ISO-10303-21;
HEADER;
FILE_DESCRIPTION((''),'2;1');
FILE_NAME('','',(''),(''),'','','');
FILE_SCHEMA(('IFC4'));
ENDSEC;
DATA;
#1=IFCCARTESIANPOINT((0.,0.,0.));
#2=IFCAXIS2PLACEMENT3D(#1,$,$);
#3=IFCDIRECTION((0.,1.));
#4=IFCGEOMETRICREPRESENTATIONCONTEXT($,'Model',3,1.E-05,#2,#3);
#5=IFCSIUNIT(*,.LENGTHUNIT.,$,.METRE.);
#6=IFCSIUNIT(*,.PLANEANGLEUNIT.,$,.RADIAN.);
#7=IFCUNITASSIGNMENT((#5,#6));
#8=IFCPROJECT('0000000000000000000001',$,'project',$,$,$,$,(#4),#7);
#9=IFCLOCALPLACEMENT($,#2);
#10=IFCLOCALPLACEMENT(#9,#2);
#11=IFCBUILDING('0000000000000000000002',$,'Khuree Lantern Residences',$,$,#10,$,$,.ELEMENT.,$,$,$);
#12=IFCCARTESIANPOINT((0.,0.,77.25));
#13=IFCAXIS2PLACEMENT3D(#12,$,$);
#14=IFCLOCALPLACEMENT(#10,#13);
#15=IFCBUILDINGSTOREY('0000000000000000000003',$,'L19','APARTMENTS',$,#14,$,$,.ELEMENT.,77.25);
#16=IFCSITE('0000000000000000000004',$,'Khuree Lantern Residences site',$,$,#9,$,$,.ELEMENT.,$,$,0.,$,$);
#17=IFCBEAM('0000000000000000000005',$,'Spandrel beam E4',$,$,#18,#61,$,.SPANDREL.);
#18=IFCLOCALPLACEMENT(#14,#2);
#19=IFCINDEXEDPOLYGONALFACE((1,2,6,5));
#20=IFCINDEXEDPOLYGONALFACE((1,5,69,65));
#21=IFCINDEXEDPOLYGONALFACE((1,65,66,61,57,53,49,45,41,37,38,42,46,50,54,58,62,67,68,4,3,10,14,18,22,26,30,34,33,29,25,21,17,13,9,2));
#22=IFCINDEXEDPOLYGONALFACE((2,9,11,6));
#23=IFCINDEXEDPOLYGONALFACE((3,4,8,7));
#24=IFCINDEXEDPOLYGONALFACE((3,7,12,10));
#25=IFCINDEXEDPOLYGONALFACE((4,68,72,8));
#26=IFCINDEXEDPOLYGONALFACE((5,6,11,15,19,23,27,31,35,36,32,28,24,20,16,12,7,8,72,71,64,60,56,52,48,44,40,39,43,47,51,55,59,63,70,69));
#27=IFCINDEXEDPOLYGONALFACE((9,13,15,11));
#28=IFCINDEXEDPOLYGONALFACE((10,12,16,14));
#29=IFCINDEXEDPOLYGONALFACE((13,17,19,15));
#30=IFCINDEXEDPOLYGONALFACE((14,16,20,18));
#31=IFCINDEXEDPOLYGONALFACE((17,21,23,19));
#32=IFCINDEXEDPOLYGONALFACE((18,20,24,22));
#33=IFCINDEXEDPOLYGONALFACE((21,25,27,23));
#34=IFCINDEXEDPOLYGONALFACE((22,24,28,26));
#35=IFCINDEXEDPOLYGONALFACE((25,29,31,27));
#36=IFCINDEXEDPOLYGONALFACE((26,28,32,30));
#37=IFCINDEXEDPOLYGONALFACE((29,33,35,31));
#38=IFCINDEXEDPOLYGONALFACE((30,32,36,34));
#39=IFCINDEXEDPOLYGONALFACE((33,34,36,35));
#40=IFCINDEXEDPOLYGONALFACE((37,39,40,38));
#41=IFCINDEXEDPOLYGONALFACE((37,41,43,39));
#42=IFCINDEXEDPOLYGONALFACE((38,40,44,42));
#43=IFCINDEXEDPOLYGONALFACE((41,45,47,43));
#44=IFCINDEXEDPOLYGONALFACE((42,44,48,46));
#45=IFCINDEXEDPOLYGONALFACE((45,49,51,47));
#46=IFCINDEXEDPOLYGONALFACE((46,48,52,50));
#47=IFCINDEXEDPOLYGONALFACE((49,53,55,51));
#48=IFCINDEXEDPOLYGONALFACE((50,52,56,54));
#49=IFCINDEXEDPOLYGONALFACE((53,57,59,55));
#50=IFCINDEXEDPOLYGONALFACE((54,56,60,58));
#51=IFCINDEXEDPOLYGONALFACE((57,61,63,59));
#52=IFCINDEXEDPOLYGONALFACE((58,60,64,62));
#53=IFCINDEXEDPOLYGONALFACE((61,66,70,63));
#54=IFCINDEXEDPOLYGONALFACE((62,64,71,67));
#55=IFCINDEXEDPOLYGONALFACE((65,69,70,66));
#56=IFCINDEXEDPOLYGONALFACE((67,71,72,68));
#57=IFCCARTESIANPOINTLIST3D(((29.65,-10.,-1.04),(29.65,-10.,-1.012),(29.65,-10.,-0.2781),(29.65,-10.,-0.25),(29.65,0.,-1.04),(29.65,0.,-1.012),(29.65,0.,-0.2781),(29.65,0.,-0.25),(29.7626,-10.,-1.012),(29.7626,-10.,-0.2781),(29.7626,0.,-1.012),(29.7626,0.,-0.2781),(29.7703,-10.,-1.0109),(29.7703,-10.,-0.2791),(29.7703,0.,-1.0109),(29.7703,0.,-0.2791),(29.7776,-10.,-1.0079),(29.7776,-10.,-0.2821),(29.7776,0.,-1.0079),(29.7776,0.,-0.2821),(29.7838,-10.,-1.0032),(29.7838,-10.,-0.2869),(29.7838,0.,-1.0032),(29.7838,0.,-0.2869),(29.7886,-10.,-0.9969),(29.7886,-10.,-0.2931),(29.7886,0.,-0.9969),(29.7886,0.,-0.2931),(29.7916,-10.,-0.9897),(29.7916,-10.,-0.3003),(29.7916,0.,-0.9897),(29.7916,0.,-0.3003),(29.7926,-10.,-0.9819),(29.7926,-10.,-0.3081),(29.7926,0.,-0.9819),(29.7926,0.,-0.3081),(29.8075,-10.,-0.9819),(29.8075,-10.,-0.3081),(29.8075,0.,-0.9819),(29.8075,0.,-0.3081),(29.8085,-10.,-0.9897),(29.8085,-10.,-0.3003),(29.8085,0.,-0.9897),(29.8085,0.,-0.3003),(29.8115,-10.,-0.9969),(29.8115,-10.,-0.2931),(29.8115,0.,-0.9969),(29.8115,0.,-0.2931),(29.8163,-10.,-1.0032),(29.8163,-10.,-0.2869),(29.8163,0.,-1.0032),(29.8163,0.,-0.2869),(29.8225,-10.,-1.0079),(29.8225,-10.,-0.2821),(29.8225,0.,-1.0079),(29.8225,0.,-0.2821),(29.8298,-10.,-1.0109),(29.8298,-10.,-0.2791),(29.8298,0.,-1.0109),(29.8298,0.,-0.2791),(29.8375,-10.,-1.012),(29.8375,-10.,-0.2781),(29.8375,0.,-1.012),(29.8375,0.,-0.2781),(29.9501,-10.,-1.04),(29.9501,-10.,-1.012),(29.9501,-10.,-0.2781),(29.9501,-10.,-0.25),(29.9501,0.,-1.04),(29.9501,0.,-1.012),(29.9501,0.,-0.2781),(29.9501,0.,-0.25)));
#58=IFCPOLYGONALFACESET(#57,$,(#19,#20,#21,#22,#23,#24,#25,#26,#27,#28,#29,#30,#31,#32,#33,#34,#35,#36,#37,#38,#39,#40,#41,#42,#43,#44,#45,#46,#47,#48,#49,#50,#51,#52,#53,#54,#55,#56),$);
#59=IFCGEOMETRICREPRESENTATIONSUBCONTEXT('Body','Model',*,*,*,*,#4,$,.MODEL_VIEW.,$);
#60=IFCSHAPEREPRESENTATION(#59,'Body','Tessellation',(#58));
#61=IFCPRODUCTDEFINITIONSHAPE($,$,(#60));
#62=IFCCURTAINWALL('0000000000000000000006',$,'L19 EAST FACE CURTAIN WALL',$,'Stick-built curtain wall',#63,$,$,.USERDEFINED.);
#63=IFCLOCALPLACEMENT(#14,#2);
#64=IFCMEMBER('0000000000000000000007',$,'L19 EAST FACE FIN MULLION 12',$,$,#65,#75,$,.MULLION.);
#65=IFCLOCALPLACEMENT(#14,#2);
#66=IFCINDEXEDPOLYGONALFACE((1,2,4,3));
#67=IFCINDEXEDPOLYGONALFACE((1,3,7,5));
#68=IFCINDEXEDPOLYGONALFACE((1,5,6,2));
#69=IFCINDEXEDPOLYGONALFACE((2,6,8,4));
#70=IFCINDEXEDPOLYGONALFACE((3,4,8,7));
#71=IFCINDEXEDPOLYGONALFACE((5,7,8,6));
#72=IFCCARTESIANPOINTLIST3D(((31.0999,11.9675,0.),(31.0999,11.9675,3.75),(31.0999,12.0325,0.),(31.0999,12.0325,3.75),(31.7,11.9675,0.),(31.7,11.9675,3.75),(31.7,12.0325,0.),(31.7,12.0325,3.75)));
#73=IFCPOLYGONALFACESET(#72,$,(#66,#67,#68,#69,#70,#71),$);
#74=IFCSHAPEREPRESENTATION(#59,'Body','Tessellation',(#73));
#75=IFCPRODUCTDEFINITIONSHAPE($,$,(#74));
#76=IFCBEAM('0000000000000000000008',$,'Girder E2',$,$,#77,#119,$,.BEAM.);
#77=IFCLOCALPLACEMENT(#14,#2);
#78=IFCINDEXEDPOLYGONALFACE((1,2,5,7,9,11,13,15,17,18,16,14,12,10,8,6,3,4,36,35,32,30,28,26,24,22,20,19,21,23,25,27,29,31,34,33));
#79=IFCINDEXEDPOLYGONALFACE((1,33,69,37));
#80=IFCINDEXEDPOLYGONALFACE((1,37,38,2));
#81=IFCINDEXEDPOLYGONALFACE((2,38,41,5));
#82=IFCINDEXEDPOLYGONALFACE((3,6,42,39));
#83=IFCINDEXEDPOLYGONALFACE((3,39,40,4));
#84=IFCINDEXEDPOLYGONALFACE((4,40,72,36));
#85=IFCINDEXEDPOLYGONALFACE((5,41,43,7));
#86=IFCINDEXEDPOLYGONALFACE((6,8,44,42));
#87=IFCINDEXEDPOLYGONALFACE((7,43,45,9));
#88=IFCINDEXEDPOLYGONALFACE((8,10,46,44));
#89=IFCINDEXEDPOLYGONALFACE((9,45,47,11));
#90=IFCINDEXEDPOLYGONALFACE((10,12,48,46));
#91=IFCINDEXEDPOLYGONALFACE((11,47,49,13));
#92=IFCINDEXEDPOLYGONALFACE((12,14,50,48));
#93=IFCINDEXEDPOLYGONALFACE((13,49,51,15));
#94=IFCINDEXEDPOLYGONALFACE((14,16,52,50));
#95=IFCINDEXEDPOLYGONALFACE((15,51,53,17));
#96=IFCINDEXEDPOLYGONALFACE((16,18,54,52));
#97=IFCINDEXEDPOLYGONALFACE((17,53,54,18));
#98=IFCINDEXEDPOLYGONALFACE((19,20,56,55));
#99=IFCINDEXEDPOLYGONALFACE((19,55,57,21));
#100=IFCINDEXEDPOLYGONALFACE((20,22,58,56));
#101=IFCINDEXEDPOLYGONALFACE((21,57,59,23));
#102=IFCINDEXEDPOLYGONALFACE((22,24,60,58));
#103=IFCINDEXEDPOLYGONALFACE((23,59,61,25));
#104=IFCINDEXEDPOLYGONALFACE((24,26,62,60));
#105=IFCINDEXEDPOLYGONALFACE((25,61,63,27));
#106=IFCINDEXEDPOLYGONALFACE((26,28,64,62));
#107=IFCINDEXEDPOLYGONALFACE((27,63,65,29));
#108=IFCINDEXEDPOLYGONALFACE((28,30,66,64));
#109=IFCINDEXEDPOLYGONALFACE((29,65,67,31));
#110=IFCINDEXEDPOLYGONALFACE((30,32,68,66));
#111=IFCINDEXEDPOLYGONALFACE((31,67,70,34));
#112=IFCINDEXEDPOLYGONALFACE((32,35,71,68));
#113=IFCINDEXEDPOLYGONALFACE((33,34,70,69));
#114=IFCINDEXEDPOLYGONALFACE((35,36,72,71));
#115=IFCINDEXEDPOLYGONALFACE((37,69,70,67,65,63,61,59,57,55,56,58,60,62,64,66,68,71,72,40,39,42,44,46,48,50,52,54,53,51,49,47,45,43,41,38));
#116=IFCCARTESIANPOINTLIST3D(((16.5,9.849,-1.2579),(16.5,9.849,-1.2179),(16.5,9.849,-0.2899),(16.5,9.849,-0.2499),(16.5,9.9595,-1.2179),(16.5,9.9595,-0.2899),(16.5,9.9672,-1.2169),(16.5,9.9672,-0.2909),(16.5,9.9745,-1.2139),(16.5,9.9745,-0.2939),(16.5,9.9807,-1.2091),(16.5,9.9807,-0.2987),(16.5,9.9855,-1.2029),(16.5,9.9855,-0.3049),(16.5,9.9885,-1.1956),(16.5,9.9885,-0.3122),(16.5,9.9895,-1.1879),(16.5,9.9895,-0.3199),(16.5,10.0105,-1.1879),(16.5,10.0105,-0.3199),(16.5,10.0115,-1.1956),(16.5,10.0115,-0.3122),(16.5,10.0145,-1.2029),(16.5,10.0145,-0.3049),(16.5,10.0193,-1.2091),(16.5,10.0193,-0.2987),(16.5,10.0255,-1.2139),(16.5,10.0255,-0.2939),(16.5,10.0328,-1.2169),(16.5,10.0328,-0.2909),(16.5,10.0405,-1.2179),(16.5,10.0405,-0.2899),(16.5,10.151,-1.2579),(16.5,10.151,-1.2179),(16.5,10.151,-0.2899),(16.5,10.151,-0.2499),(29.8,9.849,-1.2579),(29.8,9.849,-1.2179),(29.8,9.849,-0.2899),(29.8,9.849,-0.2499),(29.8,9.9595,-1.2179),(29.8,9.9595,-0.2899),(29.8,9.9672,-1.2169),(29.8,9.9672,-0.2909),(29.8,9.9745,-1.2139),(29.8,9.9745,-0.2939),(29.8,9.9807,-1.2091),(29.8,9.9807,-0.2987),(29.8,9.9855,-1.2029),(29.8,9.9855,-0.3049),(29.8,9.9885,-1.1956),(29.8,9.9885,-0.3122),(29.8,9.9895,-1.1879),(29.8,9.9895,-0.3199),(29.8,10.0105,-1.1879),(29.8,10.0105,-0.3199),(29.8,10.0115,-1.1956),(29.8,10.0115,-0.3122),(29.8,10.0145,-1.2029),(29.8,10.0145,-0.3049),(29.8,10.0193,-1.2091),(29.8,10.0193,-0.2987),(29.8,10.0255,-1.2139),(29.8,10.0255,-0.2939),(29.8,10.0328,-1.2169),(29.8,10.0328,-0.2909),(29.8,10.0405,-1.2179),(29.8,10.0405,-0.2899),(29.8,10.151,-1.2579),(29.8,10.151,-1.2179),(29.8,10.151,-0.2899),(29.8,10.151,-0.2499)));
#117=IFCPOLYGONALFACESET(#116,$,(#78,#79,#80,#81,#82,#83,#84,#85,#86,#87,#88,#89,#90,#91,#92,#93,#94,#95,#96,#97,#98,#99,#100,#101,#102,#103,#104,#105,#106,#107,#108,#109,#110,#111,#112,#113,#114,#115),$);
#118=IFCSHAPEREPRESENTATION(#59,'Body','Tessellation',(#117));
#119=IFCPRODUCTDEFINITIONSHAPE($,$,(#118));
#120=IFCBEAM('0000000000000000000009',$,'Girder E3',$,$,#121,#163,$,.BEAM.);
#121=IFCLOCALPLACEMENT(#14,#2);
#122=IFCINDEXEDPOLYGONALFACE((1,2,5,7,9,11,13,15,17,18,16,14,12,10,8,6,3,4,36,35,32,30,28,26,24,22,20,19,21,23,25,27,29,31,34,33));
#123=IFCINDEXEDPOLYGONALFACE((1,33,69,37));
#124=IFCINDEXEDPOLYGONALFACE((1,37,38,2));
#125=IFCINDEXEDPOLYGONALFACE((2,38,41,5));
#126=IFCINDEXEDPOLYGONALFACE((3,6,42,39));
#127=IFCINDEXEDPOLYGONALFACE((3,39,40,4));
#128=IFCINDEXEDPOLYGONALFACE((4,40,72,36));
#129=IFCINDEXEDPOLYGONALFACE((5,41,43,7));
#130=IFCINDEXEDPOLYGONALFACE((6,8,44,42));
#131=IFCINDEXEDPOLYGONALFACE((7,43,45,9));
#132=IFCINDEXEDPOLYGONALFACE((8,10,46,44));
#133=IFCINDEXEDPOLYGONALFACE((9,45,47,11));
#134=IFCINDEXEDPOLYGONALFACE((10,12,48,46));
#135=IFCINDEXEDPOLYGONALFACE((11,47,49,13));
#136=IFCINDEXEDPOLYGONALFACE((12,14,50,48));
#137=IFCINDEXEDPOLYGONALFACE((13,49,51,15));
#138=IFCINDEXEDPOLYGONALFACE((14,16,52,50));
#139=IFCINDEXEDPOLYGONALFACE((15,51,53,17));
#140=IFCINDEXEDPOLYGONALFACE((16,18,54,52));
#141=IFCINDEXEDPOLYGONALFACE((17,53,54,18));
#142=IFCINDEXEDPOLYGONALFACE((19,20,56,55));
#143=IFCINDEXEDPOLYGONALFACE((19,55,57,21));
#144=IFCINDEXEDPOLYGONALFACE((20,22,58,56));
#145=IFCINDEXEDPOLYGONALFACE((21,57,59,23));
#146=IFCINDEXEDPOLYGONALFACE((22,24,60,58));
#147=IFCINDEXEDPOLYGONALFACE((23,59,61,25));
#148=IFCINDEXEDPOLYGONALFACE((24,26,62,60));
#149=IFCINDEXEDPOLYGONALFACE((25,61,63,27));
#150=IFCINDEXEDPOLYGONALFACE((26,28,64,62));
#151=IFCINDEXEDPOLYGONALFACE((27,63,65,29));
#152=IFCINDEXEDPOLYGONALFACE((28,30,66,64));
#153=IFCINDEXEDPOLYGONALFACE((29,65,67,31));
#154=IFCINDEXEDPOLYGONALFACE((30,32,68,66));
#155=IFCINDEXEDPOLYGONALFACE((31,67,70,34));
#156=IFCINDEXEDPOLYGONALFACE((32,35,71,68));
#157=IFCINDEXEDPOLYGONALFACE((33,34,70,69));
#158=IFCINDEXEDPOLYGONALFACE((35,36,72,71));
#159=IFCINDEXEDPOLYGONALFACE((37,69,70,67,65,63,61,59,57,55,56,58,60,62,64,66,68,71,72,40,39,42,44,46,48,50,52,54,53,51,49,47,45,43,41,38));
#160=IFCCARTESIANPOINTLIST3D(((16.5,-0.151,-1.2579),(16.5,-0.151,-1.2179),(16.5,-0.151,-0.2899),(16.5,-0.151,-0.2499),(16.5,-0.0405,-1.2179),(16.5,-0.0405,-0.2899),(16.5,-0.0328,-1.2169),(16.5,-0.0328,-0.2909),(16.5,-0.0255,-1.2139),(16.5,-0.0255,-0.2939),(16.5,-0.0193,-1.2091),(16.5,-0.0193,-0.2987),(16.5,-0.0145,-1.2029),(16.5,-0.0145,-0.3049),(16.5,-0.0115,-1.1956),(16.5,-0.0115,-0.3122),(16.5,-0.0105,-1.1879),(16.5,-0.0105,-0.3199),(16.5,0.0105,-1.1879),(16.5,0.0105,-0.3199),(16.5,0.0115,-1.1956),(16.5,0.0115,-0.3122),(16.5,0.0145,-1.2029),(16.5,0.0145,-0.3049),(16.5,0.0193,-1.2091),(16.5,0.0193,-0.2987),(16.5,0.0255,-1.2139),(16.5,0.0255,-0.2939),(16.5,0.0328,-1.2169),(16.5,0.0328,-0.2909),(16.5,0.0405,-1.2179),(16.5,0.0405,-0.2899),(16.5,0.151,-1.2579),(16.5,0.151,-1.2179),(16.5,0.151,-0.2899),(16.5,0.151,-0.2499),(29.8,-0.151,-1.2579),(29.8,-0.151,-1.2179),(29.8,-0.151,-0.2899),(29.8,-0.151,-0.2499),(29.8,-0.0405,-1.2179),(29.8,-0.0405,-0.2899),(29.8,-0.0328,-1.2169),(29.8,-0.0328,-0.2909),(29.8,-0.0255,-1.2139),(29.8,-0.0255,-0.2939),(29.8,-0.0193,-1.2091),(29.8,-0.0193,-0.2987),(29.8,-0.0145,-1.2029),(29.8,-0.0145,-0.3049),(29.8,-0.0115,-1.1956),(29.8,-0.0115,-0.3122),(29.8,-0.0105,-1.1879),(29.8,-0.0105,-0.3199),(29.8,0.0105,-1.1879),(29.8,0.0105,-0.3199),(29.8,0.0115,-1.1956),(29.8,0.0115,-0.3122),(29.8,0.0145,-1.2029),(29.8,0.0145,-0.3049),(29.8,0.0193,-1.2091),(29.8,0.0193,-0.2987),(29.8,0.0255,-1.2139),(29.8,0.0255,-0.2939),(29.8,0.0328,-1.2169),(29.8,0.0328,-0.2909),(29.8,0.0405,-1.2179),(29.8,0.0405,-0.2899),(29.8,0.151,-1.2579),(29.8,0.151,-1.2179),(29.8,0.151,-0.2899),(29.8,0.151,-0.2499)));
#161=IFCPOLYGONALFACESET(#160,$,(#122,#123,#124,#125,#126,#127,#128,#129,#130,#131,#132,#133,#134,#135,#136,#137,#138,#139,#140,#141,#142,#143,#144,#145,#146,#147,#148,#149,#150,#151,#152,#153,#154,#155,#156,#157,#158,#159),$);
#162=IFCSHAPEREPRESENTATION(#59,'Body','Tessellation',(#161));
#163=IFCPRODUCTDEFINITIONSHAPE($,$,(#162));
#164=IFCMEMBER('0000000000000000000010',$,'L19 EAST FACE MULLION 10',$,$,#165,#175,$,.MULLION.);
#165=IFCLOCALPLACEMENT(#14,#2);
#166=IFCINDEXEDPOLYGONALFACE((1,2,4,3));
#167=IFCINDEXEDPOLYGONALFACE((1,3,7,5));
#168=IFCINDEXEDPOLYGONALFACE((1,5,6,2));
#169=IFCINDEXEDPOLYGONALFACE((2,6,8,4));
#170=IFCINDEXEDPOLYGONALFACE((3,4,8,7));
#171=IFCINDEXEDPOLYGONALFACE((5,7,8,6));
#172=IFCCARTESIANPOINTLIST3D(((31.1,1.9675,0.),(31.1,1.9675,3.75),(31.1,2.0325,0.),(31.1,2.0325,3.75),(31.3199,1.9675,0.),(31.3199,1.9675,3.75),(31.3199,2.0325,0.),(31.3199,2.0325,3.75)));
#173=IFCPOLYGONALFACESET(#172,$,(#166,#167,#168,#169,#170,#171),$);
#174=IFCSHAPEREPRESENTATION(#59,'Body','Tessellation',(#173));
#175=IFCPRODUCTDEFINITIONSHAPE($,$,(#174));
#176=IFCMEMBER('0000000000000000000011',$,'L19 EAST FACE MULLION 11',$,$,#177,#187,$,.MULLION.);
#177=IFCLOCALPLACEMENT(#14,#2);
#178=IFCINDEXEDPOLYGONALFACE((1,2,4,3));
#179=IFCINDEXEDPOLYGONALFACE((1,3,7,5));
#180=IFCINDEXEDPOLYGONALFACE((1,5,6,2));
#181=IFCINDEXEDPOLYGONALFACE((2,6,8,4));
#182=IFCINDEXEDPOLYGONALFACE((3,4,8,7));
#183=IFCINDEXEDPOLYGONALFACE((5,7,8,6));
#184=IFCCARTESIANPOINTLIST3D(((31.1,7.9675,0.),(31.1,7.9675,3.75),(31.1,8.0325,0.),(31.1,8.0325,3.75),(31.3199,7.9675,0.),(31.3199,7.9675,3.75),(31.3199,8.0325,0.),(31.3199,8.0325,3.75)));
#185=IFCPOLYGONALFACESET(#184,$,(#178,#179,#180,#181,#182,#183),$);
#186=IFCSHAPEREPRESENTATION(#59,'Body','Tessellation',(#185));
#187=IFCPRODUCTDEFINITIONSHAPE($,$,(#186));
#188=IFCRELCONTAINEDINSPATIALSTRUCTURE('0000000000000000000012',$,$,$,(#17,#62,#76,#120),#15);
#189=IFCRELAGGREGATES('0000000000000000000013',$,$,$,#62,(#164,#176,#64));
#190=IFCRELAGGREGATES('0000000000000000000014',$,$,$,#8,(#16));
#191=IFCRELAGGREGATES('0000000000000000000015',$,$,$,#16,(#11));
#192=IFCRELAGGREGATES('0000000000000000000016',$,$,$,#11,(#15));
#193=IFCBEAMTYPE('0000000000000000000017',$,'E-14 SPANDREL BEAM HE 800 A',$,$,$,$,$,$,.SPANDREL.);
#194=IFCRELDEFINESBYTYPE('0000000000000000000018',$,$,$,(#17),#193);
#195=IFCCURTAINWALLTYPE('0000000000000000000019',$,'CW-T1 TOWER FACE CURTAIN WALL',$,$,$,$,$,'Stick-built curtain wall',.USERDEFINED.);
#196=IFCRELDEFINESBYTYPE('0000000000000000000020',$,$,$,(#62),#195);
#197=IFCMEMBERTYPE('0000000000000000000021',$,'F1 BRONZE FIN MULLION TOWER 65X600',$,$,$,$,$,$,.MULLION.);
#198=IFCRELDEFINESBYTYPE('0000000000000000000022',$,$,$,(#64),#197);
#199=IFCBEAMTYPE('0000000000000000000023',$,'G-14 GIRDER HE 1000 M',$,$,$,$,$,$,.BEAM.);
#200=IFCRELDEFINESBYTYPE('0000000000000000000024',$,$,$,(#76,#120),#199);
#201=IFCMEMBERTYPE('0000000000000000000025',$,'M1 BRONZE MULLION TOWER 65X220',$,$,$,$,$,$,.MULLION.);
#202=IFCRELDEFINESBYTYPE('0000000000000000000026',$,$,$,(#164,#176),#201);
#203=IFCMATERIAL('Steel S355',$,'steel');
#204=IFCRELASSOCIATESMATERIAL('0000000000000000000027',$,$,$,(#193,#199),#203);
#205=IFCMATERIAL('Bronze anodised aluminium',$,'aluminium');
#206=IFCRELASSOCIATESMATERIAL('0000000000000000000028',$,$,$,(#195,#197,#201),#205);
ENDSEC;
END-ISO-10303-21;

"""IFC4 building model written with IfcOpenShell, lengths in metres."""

from ifc_helpers import new_model, si_unit, direction, frame, origin, origin_2d, place, context, subcontext, project, spatial, rectangle, i_section, extrude, material, material_profile, profile_set, type_object, element, aggregate, save


model = new_model("IFC4")

# Units and contexts
model_context = context("Model", 3, precision=1e-05, world=origin(), true_north=direction((0.0, 1.0)))
body_context = subcontext(model_context, "Body", "Model", "MODEL_VIEW")
ifc_project = project(units=[si_unit("LENGTHUNIT", "METRE"), si_unit("PLANEANGLEUNIT", "RADIAN")], contexts=[model_context])

# Site, building, storey
site_placement = place(None, origin())
site = spatial("IfcSite", under=ifc_project, at=site_placement, Name="Khuree Lantern Residences site", CompositionType="ELEMENT", RefElevation=0.0)
building_placement = place(site_placement, origin())
building = spatial("IfcBuilding", under=site, at=building_placement, Name="Khuree Lantern Residences", CompositionType="ELEMENT")
storey_placement = place(building_placement, frame((0.0, 0.0, 77.25)))
storey = spatial("IfcBuildingStorey", under=building, at=storey_placement, Name="L19", Description="APARTMENTS", CompositionType="ELEMENT", Elevation=77.25)

# Beam
ifc_material_1 = material(Name="Steel S355", Category="steel")
ifc_material_profile_1 = material_profile(ifc_material_1, i_section(OverallWidth=0.3, OverallDepth=0.79, WebThickness=0.0149, FlangeThickness=0.0281, FilletRadius=0.03, at=origin_2d()), Name="HE 800 A")
ifc_profile_set_1 = profile_set([ifc_material_profile_1], Name="Steel S355")
beam_type_1 = type_object("IfcBeamType", Name="E-14 SPANDREL BEAM HE 800 A", PredefinedType="SPANDREL", material=ifc_profile_set_1)
for number, where, z_axis, x_axis, name in (
    (1, (29.8, 0.0, -0.645), (0.0, -1.0, 0.0), (1.0, 0.0, 0.0), "Spandrel beam E4"),
):
    element("IfcBeam", number, at=place(storey_placement, frame(where, z_axis=z_axis, x_axis=x_axis)), inside=storey, type_object=beam_type_1, Name=name, PredefinedType="SPANDREL", context=body_context, shape_type="SweptSolid", body=[
        extrude(i_section(OverallWidth=0.3, OverallDepth=0.79, WebThickness=0.0149, FlangeThickness=0.0281, FilletRadius=0.03, at=origin_2d()), origin(), (0.0, 0.0, 1.0), 10.0),
    ])

# Curtain wall, member
ifc_material_2 = material(Name="Bronze anodised aluminium", Category="aluminium")
curtain_wall_type = type_object("IfcCurtainWallType", Name="CW-T1 TOWER FACE CURTAIN WALL", ElementType="Stick-built curtain wall", PredefinedType="USERDEFINED", material=ifc_material_2)
curtain_wall_placement = place(storey_placement, origin())
curtain_wall = element("IfcCurtainWall", 2, at=curtain_wall_placement, inside=storey, type_object=curtain_wall_type, Name="L19 EAST FACE CURTAIN WALL", ObjectType="Stick-built curtain wall", PredefinedType="USERDEFINED")
ifc_material_profile_2 = material_profile(ifc_material_2, rectangle(XDim=0.0649, YDim=0.6001, at=origin_2d()), Name="F1 65X600")
ifc_profile_set_2 = profile_set([ifc_material_profile_2], Name="Bronze anodised aluminium")
member_type_1 = type_object("IfcMemberType", Name="F1 BRONZE FIN MULLION TOWER 65X600", PredefinedType="MULLION", material=ifc_profile_set_2)
member_1_placement = place(storey_placement, frame((31.3999, 12.0, 0.0), z_axis=(0.0, 0.0, 1.0), x_axis=(0.0, 1.0, 0.0)))
member_1 = element("IfcMember", 3, at=member_1_placement, type_object=member_type_1, Name="L19 EAST FACE FIN MULLION 12", PredefinedType="MULLION", context=body_context, shape_type="SweptSolid", body=[
    extrude(rectangle(XDim=0.0649, YDim=0.6001, at=origin_2d()), origin(), (0.0, 0.0, 1.0), 3.75),
])

# Beams
ifc_material_profile_3 = material_profile(ifc_material_1, i_section(OverallWidth=0.302, OverallDepth=1.0081, WebThickness=0.021, FlangeThickness=0.04, FilletRadius=0.03, at=origin_2d()), Name="HE 1000 M")
ifc_profile_set_3 = profile_set([ifc_material_profile_3], Name="Steel S355")
beam_type_2 = type_object("IfcBeamType", Name="G-14 GIRDER HE 1000 M", PredefinedType="BEAM", material=ifc_profile_set_3)
for number, where, z_axis, x_axis, name in (
    (4, (29.8, 10.0, -0.7539), (-1.0, 0.0, 0.0), (0.0, -1.0, 0.0), "Girder E2"),
    (5, (29.8, 0.0, -0.7539), (-1.0, 0.0, 0.0), (0.0, -1.0, 0.0), "Girder E3"),
):
    element("IfcBeam", number, at=place(storey_placement, frame(where, z_axis=z_axis, x_axis=x_axis)), inside=storey, type_object=beam_type_2, Name=name, PredefinedType="BEAM", context=body_context, shape_type="SweptSolid", body=[
        extrude(i_section(OverallWidth=0.302, OverallDepth=1.0081, WebThickness=0.021, FlangeThickness=0.04, FilletRadius=0.03, at=origin_2d()), origin(), (0.0, 0.0, 1.0), 13.3),
    ])

# Members
ifc_material_profile_4 = material_profile(ifc_material_2, rectangle(XDim=0.0649, YDim=0.22, at=origin_2d()), Name="M1 65X220")
ifc_profile_set_4 = profile_set([ifc_material_profile_4], Name="Bronze anodised aluminium")
member_type_2 = type_object("IfcMemberType", Name="M1 BRONZE MULLION TOWER 65X220", PredefinedType="MULLION", material=ifc_profile_set_4)
member_2_placement = place(storey_placement, frame((31.21, 2.0, 0.0), z_axis=(0.0, 0.0, 1.0), x_axis=(0.0, 1.0, 0.0)))
member_2 = element("IfcMember", 6, at=member_2_placement, type_object=member_type_2, Name="L19 EAST FACE MULLION 10", PredefinedType="MULLION", context=body_context, shape_type="SweptSolid", body=[
    extrude(rectangle(XDim=0.0649, YDim=0.22, at=origin_2d()), origin(), (0.0, 0.0, 1.0), 3.75),
])
member_3_placement = place(storey_placement, frame((31.21, 8.0, 0.0), z_axis=(0.0, 0.0, 1.0), x_axis=(0.0, 1.0, 0.0)))
member_3 = element("IfcMember", 7, at=member_3_placement, type_object=member_type_2, Name="L19 EAST FACE MULLION 11", PredefinedType="MULLION", context=body_context, shape_type="SweptSolid", body=[
    extrude(rectangle(XDim=0.0649, YDim=0.22, at=origin_2d()), origin(), (0.0, 0.0, 1.0), 3.75),
])

aggregate(curtain_wall, [member_2, member_3, member_1])

save(model, "model.ifc")
